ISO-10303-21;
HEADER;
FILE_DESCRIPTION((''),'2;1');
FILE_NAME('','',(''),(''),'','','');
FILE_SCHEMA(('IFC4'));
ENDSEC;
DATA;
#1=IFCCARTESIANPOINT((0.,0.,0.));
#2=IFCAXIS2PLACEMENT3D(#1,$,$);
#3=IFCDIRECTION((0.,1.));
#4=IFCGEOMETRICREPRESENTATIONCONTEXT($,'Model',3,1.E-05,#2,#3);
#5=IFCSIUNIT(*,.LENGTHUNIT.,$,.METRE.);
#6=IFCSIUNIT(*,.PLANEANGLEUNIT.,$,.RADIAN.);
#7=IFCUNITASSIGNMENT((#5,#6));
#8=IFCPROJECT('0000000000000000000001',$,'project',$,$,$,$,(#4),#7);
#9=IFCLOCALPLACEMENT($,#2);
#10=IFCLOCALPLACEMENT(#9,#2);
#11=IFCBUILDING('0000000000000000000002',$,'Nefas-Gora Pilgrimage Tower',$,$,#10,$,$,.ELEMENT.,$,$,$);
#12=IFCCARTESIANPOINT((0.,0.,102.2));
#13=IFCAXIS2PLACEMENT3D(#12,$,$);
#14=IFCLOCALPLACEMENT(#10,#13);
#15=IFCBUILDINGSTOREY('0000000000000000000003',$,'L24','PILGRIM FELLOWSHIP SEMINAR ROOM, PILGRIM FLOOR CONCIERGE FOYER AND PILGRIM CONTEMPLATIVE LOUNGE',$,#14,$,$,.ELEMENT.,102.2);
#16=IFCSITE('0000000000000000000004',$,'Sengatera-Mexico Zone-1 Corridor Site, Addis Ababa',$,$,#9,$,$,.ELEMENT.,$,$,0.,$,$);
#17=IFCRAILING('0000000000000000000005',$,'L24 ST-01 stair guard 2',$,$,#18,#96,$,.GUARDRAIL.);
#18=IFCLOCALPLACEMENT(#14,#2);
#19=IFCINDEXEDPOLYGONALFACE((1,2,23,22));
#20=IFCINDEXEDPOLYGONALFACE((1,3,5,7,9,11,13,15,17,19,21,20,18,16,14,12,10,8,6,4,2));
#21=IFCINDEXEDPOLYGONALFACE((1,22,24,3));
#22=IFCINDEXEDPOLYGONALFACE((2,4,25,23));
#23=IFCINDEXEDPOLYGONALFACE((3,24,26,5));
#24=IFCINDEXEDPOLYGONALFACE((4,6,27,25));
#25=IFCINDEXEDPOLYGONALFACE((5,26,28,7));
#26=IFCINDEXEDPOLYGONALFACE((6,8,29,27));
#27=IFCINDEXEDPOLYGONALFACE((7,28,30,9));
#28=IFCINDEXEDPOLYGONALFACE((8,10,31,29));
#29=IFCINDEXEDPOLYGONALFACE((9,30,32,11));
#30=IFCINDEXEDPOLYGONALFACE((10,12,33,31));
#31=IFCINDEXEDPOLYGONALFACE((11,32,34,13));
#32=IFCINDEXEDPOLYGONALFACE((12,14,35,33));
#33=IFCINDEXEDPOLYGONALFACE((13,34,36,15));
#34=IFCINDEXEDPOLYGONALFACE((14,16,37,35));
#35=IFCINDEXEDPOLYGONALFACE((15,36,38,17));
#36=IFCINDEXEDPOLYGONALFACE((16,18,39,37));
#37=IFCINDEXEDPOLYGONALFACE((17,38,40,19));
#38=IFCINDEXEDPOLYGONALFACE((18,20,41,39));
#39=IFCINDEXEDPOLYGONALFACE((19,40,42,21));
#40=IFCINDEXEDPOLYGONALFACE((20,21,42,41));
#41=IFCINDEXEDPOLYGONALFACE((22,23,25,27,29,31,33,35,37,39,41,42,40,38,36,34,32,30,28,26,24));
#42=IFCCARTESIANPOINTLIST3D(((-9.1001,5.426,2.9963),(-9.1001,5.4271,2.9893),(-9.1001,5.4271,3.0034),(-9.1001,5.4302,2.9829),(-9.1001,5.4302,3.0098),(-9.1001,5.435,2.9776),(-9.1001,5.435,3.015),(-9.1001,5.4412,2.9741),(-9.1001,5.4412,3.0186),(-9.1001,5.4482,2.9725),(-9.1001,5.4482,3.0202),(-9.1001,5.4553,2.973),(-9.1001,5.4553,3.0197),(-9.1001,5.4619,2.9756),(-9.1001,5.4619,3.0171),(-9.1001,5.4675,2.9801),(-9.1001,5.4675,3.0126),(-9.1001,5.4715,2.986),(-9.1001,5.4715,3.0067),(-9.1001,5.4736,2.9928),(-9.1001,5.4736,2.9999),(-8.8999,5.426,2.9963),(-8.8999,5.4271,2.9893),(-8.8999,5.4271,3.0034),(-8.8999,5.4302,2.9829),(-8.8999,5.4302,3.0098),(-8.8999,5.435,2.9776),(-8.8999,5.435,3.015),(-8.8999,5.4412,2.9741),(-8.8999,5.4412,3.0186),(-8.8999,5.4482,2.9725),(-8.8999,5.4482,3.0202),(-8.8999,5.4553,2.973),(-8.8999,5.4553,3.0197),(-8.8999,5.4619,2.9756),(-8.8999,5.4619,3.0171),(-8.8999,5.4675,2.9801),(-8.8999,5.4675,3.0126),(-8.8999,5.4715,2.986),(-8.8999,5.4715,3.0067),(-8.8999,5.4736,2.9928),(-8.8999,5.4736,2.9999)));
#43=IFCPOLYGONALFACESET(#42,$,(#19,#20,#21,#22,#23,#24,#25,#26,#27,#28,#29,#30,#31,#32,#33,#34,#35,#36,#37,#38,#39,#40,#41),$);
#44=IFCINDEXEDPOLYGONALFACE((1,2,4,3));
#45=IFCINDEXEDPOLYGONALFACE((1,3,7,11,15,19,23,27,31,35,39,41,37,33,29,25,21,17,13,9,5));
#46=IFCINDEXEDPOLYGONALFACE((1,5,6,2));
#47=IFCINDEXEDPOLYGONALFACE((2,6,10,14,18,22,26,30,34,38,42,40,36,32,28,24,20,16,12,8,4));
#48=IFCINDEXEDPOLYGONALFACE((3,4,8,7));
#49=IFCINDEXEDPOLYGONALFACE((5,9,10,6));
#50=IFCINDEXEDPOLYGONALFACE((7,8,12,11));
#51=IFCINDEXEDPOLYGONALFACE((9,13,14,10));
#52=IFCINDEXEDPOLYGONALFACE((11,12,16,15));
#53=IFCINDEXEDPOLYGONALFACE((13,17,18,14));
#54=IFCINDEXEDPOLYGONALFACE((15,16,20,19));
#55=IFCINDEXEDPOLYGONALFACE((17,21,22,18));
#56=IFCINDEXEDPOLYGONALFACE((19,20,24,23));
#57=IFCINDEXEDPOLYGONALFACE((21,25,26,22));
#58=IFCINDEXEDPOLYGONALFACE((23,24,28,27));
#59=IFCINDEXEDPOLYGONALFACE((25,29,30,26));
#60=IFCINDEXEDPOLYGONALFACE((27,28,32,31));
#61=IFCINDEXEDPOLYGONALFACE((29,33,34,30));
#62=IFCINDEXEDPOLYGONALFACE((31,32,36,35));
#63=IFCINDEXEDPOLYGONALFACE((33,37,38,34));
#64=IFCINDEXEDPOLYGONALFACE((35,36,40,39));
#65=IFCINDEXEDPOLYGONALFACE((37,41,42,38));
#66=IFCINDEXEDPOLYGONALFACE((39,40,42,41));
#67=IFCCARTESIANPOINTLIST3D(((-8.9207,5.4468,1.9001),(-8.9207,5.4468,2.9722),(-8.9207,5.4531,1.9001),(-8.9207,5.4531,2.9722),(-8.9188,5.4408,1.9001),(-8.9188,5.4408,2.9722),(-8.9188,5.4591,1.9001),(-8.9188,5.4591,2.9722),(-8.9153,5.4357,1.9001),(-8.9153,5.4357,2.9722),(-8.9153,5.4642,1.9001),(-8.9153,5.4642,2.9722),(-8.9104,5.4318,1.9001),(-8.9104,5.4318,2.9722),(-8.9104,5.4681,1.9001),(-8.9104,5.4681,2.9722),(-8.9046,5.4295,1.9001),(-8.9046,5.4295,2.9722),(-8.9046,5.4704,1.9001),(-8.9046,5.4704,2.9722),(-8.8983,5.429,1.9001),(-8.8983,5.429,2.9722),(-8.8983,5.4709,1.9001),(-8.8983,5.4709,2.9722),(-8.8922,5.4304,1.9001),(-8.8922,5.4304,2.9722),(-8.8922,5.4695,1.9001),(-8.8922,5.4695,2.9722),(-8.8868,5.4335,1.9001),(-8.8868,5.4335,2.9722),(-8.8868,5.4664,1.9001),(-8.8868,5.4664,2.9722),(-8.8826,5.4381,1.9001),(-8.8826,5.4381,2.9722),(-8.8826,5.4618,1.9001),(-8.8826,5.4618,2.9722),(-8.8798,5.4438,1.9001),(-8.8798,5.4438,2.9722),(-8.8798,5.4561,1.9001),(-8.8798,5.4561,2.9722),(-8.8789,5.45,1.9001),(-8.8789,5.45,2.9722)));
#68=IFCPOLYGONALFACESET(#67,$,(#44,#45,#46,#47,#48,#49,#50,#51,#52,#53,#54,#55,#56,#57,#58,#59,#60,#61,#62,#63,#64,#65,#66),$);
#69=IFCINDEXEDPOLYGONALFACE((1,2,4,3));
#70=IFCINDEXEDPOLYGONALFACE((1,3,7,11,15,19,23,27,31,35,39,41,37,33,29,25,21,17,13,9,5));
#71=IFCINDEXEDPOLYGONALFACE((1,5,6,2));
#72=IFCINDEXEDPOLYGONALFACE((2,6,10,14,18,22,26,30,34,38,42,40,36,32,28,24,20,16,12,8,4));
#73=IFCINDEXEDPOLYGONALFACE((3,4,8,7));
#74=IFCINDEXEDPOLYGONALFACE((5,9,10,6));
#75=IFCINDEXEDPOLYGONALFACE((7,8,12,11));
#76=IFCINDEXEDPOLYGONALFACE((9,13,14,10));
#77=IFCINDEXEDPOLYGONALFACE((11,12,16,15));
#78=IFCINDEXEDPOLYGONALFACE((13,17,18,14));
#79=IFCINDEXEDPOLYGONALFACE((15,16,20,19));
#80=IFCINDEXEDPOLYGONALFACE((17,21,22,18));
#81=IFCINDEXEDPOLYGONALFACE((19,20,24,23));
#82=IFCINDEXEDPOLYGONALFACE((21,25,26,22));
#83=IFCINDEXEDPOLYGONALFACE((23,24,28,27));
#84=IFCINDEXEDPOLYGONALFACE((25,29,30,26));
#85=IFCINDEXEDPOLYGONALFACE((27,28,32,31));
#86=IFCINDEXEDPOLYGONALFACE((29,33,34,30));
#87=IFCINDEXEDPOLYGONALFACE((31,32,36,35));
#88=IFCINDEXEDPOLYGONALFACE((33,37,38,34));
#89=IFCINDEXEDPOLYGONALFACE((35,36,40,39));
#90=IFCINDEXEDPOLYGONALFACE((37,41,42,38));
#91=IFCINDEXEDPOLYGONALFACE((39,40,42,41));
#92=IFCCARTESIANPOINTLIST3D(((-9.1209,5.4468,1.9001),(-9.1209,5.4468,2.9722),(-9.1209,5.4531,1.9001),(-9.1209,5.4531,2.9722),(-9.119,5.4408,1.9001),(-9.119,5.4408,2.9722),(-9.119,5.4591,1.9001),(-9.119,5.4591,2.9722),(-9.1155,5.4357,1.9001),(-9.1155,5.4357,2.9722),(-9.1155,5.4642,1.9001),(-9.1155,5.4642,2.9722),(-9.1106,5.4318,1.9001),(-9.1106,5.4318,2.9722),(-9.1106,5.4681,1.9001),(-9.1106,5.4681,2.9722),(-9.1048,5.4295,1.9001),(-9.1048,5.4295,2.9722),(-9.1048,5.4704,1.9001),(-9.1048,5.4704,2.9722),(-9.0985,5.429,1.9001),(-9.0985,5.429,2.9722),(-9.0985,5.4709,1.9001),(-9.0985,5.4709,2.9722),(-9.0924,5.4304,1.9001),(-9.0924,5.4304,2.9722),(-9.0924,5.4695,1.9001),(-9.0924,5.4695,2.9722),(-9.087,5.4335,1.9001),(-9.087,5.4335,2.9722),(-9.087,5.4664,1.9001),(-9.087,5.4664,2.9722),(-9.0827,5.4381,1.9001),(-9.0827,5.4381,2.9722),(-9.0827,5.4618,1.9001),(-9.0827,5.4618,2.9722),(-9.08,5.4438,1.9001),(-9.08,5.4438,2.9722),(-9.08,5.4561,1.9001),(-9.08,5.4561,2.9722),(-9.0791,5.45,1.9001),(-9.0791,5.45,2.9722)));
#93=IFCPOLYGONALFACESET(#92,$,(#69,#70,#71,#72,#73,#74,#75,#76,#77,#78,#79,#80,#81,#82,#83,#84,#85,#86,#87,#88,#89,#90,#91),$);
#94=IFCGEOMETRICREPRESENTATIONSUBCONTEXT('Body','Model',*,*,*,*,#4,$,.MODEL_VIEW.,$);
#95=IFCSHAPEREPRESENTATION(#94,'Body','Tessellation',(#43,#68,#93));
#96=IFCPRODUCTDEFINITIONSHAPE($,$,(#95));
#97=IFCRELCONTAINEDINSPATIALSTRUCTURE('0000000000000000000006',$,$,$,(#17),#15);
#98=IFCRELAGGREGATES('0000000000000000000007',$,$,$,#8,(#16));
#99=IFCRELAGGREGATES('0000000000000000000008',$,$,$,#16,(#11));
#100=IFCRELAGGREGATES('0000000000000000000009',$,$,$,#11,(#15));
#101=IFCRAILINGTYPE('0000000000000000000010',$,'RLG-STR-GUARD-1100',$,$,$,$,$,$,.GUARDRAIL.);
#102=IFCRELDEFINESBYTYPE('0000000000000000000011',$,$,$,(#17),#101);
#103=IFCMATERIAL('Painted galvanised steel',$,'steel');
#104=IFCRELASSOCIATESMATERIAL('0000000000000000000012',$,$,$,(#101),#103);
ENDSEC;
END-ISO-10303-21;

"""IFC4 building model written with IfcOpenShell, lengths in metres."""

from ifc_helpers import new_model, si_unit, direction, frame, origin, origin_2d, place, context, subcontext, project, spatial, circle, extrude, material, type_object, element, save


model = new_model("IFC4")

# Units and contexts
model_context = context("Model", 3, precision=1e-05, world=origin(), true_north=direction((0.0, 1.0)))
body_context = subcontext(model_context, "Body", "Model", "MODEL_VIEW")
ifc_project = project(units=[si_unit("LENGTHUNIT", "METRE"), si_unit("PLANEANGLEUNIT", "RADIAN")], contexts=[model_context])

# Site, building, storey
site_placement = place(None, origin())
site = spatial("IfcSite", under=ifc_project, at=site_placement, Name="Sengatera-Mexico Zone-1 Corridor Site, Addis Ababa", CompositionType="ELEMENT", RefElevation=0.0)
building_placement = place(site_placement, origin())
building = spatial("IfcBuilding", under=site, at=building_placement, Name="Nefas-Gora Pilgrimage Tower", CompositionType="ELEMENT")
storey_placement = place(building_placement, frame((0.0, 0.0, 102.2)))
storey = spatial("IfcBuildingStorey", under=building, at=storey_placement, Name="L24", Description="PILGRIM FELLOWSHIP SEMINAR ROOM, PILGRIM FLOOR CONCIERGE FOYER AND PILGRIM CONTEMPLATIVE LOUNGE", CompositionType="ELEMENT", Elevation=102.2)

# Railing
ifc_material_1 = material(Name="Painted galvanised steel", Category="steel")
railing_type_1 = type_object("IfcRailingType", Name="RLG-STR-GUARD-1100", PredefinedType="GUARDRAIL", material=ifc_material_1)
railing_1_placement = place(storey_placement, frame((-8.8999, 5.45, 1.9001)))
element("IfcRailing", 1, at=railing_1_placement, inside=storey, type_object=railing_type_1, Name="L24 ST-01 stair guard 2", PredefinedType="GUARDRAIL", context=body_context, shape_type="SweptSolid", body=[
    extrude(circle(Radius=0.0239, at=origin_2d()), frame((0.0, 0.0, 1.0962), z_axis=(-1.0, 0.0, 0.0), x_axis=(0.0, -1.0, 0.0)), (0.0, 0.0, 1.0), 0.2002),
    extrude(circle(Radius=0.021, at=origin_2d()), origin(), (0.0, 0.0, 1.0), 1.072),
    extrude(circle(Radius=0.021, at=origin_2d()), frame((-0.2002, 0.0, 0.0)), (0.0, 0.0, 1.0), 1.072),
])

save(model, "model.ifc")
